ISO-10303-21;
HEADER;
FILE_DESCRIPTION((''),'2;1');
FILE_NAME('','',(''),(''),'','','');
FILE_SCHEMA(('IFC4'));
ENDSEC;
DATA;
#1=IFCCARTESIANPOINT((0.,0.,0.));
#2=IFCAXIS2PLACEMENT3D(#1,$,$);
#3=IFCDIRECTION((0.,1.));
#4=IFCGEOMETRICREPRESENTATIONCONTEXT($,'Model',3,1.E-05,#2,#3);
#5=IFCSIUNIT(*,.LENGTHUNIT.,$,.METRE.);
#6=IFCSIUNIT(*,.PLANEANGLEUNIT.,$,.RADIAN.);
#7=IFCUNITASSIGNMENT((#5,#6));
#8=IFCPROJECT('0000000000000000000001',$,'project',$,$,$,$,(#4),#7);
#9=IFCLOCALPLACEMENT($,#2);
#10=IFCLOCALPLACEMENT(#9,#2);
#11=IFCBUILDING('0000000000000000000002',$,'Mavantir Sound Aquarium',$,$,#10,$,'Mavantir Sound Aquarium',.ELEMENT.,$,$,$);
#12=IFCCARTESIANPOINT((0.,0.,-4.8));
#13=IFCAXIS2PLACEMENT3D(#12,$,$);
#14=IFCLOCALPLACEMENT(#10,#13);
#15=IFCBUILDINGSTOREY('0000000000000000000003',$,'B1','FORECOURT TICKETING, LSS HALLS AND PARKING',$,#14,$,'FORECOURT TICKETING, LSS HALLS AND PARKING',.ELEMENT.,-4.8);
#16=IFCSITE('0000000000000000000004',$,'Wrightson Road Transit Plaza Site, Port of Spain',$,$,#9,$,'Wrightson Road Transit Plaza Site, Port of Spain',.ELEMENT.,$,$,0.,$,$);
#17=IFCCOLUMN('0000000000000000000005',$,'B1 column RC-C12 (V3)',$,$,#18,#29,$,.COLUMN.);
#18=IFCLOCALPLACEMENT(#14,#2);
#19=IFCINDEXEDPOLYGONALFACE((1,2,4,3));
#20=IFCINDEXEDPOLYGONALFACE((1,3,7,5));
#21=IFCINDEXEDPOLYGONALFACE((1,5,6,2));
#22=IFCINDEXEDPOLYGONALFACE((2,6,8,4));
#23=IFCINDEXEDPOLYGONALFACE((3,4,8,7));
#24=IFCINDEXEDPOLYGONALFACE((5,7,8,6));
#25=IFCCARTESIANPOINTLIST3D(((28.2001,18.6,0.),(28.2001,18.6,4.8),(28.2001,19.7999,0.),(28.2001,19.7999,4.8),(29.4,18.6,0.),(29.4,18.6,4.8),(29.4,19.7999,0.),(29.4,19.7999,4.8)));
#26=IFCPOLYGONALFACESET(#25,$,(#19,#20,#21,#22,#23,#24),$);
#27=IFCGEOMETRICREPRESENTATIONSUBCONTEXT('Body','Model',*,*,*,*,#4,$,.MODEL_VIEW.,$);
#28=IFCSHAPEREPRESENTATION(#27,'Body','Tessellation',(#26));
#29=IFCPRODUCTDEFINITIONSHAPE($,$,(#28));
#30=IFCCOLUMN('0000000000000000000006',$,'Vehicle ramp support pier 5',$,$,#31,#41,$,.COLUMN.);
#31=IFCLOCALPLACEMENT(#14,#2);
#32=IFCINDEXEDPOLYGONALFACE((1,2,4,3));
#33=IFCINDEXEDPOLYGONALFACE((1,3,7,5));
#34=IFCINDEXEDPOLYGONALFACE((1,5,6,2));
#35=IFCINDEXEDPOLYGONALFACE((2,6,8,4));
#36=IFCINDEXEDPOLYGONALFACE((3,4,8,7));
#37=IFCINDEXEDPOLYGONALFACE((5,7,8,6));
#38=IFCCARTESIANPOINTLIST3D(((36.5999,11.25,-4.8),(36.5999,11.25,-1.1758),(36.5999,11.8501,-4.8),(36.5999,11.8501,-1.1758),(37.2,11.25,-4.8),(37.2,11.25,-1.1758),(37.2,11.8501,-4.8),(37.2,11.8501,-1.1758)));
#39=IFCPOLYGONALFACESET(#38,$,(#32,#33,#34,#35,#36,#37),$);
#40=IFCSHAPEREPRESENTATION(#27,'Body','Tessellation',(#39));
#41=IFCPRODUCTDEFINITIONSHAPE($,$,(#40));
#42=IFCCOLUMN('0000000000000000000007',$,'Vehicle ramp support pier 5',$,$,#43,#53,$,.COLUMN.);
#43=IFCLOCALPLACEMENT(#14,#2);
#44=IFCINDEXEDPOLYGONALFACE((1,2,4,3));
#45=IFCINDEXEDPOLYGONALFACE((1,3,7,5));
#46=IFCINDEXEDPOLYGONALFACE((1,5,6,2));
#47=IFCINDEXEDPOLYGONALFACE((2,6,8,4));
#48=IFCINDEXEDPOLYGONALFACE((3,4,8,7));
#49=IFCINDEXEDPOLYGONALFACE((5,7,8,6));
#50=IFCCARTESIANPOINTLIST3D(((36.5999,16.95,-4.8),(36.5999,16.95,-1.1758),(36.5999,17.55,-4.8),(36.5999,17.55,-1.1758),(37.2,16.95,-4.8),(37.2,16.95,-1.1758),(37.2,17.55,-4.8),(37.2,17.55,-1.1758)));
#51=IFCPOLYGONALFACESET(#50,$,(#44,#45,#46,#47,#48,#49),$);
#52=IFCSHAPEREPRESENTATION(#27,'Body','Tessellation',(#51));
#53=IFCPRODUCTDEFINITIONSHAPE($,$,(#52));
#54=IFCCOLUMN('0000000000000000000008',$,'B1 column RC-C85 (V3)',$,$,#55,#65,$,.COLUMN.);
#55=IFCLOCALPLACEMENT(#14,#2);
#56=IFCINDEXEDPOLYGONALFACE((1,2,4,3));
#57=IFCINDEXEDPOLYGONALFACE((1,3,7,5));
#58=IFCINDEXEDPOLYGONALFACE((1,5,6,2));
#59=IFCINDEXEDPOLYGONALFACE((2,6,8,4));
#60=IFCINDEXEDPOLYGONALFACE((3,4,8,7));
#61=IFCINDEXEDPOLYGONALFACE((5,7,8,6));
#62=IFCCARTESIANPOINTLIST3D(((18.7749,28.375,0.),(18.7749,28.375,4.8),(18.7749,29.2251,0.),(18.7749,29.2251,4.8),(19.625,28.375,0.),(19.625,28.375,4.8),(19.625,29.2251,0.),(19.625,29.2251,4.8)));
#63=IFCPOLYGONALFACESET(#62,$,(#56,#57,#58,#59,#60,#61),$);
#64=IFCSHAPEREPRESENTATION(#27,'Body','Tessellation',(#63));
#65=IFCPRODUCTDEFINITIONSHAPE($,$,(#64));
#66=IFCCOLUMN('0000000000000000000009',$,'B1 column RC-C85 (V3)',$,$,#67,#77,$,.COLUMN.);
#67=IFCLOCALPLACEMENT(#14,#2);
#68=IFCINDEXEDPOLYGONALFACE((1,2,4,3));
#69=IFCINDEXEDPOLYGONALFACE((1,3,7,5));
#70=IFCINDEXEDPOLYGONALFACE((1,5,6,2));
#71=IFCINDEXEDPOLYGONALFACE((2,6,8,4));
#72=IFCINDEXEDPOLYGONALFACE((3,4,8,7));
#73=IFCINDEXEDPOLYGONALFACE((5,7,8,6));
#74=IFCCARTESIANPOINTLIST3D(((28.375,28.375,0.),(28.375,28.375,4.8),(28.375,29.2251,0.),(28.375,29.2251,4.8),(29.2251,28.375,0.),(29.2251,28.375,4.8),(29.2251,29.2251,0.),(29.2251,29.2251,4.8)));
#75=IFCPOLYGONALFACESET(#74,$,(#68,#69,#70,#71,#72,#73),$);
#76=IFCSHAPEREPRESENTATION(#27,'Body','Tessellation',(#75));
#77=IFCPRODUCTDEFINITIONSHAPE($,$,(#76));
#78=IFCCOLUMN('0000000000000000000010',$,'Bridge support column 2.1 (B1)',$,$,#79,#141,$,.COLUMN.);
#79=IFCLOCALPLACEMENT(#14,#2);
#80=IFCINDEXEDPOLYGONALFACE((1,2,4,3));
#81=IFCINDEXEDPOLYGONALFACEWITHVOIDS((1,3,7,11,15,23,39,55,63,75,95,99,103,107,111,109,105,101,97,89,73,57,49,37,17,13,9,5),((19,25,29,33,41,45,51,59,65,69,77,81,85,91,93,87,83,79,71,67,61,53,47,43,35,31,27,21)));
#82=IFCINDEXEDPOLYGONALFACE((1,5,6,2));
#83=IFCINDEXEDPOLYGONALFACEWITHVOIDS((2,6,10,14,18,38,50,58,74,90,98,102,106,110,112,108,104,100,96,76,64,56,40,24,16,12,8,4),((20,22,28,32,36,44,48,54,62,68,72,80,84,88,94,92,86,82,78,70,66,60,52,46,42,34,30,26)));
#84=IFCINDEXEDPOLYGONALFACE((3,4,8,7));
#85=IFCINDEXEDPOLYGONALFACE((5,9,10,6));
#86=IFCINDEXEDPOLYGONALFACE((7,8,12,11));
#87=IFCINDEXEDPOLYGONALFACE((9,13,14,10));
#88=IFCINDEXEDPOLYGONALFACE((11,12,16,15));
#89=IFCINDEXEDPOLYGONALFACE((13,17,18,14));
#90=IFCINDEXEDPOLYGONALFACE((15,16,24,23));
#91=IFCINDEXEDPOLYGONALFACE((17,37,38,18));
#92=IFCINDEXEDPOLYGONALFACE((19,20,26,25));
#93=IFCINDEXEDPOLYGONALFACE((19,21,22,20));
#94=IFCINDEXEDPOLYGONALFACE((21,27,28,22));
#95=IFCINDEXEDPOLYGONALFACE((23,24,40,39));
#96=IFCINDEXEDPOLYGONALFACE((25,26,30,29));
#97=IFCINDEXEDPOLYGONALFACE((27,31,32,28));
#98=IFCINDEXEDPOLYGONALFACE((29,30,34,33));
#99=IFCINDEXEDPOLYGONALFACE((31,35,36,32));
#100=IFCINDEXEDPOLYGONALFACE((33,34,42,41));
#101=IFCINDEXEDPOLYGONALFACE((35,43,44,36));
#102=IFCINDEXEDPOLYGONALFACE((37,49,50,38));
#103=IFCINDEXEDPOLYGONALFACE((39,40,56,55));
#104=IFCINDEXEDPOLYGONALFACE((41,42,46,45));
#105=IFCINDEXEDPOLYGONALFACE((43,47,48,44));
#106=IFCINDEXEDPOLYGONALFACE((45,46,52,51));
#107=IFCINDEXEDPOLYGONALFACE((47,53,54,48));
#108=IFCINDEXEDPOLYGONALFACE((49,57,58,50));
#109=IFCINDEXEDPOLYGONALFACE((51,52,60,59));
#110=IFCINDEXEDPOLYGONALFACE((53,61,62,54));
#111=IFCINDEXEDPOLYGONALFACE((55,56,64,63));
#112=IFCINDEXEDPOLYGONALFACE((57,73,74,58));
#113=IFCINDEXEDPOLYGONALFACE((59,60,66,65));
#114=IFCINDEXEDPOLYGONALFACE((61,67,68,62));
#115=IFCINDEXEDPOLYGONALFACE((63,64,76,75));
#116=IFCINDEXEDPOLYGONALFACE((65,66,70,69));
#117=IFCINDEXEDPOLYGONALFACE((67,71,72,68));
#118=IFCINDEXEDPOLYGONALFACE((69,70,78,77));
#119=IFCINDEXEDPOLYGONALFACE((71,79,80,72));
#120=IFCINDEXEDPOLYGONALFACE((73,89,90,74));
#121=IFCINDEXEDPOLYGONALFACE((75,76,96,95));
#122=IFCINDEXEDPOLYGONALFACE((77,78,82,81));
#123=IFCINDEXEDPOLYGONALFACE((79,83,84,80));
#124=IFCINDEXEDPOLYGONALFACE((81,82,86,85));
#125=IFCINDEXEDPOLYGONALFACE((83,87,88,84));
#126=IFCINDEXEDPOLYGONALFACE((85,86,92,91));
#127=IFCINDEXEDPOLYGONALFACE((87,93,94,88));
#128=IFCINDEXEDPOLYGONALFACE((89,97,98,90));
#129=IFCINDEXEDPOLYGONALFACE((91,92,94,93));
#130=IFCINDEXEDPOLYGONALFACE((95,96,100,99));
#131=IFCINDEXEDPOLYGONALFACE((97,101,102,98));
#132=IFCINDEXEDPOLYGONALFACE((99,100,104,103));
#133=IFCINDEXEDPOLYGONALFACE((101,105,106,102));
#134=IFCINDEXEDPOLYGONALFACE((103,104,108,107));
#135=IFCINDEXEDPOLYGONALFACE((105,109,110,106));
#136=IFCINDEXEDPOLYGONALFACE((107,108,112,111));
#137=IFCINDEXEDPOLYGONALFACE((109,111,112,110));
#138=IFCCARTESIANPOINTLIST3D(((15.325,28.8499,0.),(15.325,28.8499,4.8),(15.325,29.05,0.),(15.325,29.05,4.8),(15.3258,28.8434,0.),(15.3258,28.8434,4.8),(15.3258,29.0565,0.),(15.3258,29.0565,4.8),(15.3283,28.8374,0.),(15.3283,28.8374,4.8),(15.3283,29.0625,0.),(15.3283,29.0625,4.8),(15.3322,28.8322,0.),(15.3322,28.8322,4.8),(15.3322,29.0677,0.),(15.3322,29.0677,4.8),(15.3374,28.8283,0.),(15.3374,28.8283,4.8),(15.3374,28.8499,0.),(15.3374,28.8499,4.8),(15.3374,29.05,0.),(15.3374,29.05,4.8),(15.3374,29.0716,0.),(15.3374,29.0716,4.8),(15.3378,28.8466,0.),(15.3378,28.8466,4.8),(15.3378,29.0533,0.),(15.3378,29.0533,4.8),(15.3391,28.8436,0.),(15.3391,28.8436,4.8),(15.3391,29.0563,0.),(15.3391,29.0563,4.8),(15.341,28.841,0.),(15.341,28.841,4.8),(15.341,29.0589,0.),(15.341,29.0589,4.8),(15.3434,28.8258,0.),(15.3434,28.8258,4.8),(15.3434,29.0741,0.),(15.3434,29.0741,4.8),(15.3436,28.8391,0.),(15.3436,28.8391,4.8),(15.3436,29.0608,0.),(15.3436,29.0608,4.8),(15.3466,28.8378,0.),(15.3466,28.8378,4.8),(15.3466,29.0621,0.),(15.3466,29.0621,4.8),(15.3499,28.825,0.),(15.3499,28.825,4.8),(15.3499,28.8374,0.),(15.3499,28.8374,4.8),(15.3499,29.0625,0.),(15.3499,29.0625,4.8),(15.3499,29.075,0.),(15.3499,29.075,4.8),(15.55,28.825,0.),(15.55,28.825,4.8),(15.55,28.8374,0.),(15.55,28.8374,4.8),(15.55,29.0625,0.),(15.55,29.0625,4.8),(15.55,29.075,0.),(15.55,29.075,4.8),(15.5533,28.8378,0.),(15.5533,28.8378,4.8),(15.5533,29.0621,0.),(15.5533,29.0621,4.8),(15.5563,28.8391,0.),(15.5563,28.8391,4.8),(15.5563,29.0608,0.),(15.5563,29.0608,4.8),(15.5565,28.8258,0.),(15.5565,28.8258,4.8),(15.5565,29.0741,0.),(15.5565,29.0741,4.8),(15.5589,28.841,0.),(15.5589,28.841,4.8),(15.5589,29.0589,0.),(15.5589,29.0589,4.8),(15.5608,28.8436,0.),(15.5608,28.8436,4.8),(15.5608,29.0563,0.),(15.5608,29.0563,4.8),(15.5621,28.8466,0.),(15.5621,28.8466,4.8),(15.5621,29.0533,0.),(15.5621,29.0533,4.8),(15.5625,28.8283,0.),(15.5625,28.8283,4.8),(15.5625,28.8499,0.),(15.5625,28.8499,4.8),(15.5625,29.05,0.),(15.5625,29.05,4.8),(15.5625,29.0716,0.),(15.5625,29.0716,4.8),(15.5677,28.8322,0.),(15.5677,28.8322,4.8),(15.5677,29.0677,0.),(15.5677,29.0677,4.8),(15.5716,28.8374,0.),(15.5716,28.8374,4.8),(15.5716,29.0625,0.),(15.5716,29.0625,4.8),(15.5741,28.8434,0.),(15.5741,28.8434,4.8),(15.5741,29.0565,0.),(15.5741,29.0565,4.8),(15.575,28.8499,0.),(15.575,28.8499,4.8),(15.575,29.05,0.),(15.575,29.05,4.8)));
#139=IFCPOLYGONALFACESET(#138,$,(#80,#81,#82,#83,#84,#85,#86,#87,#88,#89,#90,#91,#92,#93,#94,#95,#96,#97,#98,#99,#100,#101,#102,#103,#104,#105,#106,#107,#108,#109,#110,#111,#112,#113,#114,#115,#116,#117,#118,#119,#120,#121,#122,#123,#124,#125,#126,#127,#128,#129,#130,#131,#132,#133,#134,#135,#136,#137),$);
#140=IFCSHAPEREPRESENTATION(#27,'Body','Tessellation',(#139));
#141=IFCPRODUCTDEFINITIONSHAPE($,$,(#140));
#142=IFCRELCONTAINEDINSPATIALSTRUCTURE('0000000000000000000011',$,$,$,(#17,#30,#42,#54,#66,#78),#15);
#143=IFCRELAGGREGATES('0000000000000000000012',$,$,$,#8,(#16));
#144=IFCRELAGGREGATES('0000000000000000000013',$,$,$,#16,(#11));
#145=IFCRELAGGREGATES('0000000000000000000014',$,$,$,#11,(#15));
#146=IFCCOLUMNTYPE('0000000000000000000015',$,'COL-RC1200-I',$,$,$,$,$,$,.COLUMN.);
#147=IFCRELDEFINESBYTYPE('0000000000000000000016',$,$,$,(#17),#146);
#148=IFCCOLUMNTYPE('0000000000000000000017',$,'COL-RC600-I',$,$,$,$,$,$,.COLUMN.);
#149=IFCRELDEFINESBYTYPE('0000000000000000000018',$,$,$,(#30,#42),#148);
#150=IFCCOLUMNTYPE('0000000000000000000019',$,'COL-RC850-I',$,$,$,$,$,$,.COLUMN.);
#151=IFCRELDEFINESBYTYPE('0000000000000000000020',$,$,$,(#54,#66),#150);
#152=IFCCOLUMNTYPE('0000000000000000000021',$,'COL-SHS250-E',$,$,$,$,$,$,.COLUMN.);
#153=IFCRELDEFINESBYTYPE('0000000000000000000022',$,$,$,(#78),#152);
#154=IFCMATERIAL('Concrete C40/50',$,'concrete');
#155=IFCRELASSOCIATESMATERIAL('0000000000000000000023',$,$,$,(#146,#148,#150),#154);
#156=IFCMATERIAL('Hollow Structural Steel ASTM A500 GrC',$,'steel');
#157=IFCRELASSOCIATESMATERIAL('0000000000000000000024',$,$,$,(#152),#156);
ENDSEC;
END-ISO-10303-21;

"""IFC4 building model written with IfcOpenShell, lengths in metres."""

from ifc_helpers import new_model, si_unit, direction, frame, origin, origin_2d, place, context, subcontext, project, spatial, rectangle, hollow_rectangle, extrude, material, material_profile, profile_set, type_object, element, save


model = new_model("IFC4")

# Units and contexts
model_context = context("Model", 3, precision=1e-05, world=origin(), true_north=direction((0.0, 1.0)))
body_context = subcontext(model_context, "Body", "Model", "MODEL_VIEW")
ifc_project = project(units=[si_unit("LENGTHUNIT", "METRE"), si_unit("PLANEANGLEUNIT", "RADIAN")], contexts=[model_context])

# Site, building, storey
site_placement = place(None, origin())
site = spatial("IfcSite", under=ifc_project, at=site_placement, Name="Wrightson Road Transit Plaza Site, Port of Spain", LongName="Wrightson Road Transit Plaza Site, Port of Spain", CompositionType="ELEMENT", RefElevation=0.0)
building_placement = place(site_placement, origin())
building = spatial("IfcBuilding", under=site, at=building_placement, Name="Mavantir Sound Aquarium", LongName="Mavantir Sound Aquarium", CompositionType="ELEMENT")
storey_placement = place(building_placement, frame((0.0, 0.0, -4.8)))
storey = spatial("IfcBuildingStorey", under=building, at=storey_placement, Name="B1", Description="FORECOURT TICKETING, LSS HALLS AND PARKING", LongName="FORECOURT TICKETING, LSS HALLS AND PARKING", CompositionType="ELEMENT", Elevation=-4.8)

# Columns
ifc_material_1 = material(Name="Concrete C40/50", Category="concrete")
ifc_material_profile_1 = material_profile(ifc_material_1, rectangle(XDim=1.2, YDim=1.2, at=origin_2d()), Name="RC 1200X1200")
ifc_profile_set_1 = profile_set([ifc_material_profile_1], Name="Concrete C40/50")
column_type_1 = type_object("IfcColumnType", Name="COL-RC1200-I", PredefinedType="COLUMN", material=ifc_profile_set_1)
column_placement = place(storey_placement, frame((28.8, 19.2, 0.0), z_axis=(0.0, 0.0, 1.0), x_axis=(1.0, 0.0, 0.0)))
element("IfcColumn", 1, at=column_placement, inside=storey, type_object=column_type_1, Name="B1 column RC-C12 (V3)", PredefinedType="COLUMN", context=body_context, shape_type="SweptSolid", body=[
    extrude(rectangle(XDim=1.2, YDim=1.2, at=origin_2d()), origin(), (0.0, 0.0, 1.0), 4.8),
])
ifc_material_profile_2 = material_profile(ifc_material_1, rectangle(XDim=0.6001, YDim=0.6001, at=origin_2d()), Name="RC 600X600")
ifc_profile_set_2 = profile_set([ifc_material_profile_2], Name="Concrete C40/50")
column_type_2 = type_object("IfcColumnType", Name="COL-RC600-I", PredefinedType="COLUMN", material=ifc_profile_set_2)
for number, where, z_axis, x_axis, name in (
    (2, (36.8999, 11.55, -4.8), (0.0, 0.0, 1.0), (1.0, 0.0, 0.0), "Vehicle ramp support pier 5"),
    (3, (36.8999, 17.25, -4.8), (0.0, 0.0, 1.0), (1.0, 0.0, 0.0), "Vehicle ramp support pier 5"),
):
    element("IfcColumn", number, at=place(storey_placement, frame(where, z_axis=z_axis, x_axis=x_axis)), inside=storey, type_object=column_type_2, Name=name, PredefinedType="COLUMN", context=body_context, shape_type="SweptSolid", body=[
        extrude(rectangle(XDim=0.6001, YDim=0.6001, at=origin_2d()), origin(), (0.0, 0.0, 1.0), 3.6243),
    ])
ifc_material_profile_3 = material_profile(ifc_material_1, rectangle(XDim=0.8501, YDim=0.8501, at=origin_2d()), Name="RC 850X850")
ifc_profile_set_3 = profile_set([ifc_material_profile_3], Name="Concrete C40/50")
column_type_3 = type_object("IfcColumnType", Name="COL-RC850-I", PredefinedType="COLUMN", material=ifc_profile_set_3)
for number, where, z_axis, x_axis, name in (
    (4, (19.2, 28.8, 0.0), (0.0, 0.0, 1.0), (1.0, 0.0, 0.0), "B1 column RC-C85 (V3)"),
    (5, (28.8, 28.8, 0.0), (0.0, 0.0, 1.0), (1.0, 0.0, 0.0), "B1 column RC-C85 (V3)"),
):
    element("IfcColumn", number, at=place(storey_placement, frame(where, z_axis=z_axis, x_axis=x_axis)), inside=storey, type_object=column_type_3, Name=name, PredefinedType="COLUMN", context=body_context, shape_type="SweptSolid", body=[
        extrude(rectangle(XDim=0.8501, YDim=0.8501, at=origin_2d()), origin(), (0.0, 0.0, 1.0), 4.8),
    ])
ifc_material_2 = material(Name="Hollow Structural Steel ASTM A500 GrC", Category="steel")
ifc_material_profile_4 = material_profile(ifc_material_2, hollow_rectangle(XDim=0.25, YDim=0.25, WallThickness=0.0125, InnerFilletRadius=0.0125, OuterFilletRadius=0.0249, at=origin_2d()), Name="SHS 250X250X12.5")
ifc_profile_set_4 = profile_set([ifc_material_profile_4], Name="Hollow Structural Steel ASTM A500 GrC")
column_type_4 = type_object("IfcColumnType", Name="COL-SHS250-E", PredefinedType="COLUMN", material=ifc_profile_set_4)
for number, where, z_axis, x_axis, name in (
    (6, (15.45, 28.95, 0.0), (0.0, 0.0, 1.0), (1.0, 0.0, 0.0), "Bridge support column 2.1 (B1)"),
):
    element("IfcColumn", number, at=place(storey_placement, frame(where, z_axis=z_axis, x_axis=x_axis)), inside=storey, type_object=column_type_4, Name=name, PredefinedType="COLUMN", context=body_context, shape_type="SweptSolid", body=[
        extrude(hollow_rectangle(XDim=0.25, YDim=0.25, WallThickness=0.0125, InnerFilletRadius=0.0125, OuterFilletRadius=0.0249, at=origin_2d()), origin(), (0.0, 0.0, 1.0), 4.8),
    ])

save(model, "model.ifc")
